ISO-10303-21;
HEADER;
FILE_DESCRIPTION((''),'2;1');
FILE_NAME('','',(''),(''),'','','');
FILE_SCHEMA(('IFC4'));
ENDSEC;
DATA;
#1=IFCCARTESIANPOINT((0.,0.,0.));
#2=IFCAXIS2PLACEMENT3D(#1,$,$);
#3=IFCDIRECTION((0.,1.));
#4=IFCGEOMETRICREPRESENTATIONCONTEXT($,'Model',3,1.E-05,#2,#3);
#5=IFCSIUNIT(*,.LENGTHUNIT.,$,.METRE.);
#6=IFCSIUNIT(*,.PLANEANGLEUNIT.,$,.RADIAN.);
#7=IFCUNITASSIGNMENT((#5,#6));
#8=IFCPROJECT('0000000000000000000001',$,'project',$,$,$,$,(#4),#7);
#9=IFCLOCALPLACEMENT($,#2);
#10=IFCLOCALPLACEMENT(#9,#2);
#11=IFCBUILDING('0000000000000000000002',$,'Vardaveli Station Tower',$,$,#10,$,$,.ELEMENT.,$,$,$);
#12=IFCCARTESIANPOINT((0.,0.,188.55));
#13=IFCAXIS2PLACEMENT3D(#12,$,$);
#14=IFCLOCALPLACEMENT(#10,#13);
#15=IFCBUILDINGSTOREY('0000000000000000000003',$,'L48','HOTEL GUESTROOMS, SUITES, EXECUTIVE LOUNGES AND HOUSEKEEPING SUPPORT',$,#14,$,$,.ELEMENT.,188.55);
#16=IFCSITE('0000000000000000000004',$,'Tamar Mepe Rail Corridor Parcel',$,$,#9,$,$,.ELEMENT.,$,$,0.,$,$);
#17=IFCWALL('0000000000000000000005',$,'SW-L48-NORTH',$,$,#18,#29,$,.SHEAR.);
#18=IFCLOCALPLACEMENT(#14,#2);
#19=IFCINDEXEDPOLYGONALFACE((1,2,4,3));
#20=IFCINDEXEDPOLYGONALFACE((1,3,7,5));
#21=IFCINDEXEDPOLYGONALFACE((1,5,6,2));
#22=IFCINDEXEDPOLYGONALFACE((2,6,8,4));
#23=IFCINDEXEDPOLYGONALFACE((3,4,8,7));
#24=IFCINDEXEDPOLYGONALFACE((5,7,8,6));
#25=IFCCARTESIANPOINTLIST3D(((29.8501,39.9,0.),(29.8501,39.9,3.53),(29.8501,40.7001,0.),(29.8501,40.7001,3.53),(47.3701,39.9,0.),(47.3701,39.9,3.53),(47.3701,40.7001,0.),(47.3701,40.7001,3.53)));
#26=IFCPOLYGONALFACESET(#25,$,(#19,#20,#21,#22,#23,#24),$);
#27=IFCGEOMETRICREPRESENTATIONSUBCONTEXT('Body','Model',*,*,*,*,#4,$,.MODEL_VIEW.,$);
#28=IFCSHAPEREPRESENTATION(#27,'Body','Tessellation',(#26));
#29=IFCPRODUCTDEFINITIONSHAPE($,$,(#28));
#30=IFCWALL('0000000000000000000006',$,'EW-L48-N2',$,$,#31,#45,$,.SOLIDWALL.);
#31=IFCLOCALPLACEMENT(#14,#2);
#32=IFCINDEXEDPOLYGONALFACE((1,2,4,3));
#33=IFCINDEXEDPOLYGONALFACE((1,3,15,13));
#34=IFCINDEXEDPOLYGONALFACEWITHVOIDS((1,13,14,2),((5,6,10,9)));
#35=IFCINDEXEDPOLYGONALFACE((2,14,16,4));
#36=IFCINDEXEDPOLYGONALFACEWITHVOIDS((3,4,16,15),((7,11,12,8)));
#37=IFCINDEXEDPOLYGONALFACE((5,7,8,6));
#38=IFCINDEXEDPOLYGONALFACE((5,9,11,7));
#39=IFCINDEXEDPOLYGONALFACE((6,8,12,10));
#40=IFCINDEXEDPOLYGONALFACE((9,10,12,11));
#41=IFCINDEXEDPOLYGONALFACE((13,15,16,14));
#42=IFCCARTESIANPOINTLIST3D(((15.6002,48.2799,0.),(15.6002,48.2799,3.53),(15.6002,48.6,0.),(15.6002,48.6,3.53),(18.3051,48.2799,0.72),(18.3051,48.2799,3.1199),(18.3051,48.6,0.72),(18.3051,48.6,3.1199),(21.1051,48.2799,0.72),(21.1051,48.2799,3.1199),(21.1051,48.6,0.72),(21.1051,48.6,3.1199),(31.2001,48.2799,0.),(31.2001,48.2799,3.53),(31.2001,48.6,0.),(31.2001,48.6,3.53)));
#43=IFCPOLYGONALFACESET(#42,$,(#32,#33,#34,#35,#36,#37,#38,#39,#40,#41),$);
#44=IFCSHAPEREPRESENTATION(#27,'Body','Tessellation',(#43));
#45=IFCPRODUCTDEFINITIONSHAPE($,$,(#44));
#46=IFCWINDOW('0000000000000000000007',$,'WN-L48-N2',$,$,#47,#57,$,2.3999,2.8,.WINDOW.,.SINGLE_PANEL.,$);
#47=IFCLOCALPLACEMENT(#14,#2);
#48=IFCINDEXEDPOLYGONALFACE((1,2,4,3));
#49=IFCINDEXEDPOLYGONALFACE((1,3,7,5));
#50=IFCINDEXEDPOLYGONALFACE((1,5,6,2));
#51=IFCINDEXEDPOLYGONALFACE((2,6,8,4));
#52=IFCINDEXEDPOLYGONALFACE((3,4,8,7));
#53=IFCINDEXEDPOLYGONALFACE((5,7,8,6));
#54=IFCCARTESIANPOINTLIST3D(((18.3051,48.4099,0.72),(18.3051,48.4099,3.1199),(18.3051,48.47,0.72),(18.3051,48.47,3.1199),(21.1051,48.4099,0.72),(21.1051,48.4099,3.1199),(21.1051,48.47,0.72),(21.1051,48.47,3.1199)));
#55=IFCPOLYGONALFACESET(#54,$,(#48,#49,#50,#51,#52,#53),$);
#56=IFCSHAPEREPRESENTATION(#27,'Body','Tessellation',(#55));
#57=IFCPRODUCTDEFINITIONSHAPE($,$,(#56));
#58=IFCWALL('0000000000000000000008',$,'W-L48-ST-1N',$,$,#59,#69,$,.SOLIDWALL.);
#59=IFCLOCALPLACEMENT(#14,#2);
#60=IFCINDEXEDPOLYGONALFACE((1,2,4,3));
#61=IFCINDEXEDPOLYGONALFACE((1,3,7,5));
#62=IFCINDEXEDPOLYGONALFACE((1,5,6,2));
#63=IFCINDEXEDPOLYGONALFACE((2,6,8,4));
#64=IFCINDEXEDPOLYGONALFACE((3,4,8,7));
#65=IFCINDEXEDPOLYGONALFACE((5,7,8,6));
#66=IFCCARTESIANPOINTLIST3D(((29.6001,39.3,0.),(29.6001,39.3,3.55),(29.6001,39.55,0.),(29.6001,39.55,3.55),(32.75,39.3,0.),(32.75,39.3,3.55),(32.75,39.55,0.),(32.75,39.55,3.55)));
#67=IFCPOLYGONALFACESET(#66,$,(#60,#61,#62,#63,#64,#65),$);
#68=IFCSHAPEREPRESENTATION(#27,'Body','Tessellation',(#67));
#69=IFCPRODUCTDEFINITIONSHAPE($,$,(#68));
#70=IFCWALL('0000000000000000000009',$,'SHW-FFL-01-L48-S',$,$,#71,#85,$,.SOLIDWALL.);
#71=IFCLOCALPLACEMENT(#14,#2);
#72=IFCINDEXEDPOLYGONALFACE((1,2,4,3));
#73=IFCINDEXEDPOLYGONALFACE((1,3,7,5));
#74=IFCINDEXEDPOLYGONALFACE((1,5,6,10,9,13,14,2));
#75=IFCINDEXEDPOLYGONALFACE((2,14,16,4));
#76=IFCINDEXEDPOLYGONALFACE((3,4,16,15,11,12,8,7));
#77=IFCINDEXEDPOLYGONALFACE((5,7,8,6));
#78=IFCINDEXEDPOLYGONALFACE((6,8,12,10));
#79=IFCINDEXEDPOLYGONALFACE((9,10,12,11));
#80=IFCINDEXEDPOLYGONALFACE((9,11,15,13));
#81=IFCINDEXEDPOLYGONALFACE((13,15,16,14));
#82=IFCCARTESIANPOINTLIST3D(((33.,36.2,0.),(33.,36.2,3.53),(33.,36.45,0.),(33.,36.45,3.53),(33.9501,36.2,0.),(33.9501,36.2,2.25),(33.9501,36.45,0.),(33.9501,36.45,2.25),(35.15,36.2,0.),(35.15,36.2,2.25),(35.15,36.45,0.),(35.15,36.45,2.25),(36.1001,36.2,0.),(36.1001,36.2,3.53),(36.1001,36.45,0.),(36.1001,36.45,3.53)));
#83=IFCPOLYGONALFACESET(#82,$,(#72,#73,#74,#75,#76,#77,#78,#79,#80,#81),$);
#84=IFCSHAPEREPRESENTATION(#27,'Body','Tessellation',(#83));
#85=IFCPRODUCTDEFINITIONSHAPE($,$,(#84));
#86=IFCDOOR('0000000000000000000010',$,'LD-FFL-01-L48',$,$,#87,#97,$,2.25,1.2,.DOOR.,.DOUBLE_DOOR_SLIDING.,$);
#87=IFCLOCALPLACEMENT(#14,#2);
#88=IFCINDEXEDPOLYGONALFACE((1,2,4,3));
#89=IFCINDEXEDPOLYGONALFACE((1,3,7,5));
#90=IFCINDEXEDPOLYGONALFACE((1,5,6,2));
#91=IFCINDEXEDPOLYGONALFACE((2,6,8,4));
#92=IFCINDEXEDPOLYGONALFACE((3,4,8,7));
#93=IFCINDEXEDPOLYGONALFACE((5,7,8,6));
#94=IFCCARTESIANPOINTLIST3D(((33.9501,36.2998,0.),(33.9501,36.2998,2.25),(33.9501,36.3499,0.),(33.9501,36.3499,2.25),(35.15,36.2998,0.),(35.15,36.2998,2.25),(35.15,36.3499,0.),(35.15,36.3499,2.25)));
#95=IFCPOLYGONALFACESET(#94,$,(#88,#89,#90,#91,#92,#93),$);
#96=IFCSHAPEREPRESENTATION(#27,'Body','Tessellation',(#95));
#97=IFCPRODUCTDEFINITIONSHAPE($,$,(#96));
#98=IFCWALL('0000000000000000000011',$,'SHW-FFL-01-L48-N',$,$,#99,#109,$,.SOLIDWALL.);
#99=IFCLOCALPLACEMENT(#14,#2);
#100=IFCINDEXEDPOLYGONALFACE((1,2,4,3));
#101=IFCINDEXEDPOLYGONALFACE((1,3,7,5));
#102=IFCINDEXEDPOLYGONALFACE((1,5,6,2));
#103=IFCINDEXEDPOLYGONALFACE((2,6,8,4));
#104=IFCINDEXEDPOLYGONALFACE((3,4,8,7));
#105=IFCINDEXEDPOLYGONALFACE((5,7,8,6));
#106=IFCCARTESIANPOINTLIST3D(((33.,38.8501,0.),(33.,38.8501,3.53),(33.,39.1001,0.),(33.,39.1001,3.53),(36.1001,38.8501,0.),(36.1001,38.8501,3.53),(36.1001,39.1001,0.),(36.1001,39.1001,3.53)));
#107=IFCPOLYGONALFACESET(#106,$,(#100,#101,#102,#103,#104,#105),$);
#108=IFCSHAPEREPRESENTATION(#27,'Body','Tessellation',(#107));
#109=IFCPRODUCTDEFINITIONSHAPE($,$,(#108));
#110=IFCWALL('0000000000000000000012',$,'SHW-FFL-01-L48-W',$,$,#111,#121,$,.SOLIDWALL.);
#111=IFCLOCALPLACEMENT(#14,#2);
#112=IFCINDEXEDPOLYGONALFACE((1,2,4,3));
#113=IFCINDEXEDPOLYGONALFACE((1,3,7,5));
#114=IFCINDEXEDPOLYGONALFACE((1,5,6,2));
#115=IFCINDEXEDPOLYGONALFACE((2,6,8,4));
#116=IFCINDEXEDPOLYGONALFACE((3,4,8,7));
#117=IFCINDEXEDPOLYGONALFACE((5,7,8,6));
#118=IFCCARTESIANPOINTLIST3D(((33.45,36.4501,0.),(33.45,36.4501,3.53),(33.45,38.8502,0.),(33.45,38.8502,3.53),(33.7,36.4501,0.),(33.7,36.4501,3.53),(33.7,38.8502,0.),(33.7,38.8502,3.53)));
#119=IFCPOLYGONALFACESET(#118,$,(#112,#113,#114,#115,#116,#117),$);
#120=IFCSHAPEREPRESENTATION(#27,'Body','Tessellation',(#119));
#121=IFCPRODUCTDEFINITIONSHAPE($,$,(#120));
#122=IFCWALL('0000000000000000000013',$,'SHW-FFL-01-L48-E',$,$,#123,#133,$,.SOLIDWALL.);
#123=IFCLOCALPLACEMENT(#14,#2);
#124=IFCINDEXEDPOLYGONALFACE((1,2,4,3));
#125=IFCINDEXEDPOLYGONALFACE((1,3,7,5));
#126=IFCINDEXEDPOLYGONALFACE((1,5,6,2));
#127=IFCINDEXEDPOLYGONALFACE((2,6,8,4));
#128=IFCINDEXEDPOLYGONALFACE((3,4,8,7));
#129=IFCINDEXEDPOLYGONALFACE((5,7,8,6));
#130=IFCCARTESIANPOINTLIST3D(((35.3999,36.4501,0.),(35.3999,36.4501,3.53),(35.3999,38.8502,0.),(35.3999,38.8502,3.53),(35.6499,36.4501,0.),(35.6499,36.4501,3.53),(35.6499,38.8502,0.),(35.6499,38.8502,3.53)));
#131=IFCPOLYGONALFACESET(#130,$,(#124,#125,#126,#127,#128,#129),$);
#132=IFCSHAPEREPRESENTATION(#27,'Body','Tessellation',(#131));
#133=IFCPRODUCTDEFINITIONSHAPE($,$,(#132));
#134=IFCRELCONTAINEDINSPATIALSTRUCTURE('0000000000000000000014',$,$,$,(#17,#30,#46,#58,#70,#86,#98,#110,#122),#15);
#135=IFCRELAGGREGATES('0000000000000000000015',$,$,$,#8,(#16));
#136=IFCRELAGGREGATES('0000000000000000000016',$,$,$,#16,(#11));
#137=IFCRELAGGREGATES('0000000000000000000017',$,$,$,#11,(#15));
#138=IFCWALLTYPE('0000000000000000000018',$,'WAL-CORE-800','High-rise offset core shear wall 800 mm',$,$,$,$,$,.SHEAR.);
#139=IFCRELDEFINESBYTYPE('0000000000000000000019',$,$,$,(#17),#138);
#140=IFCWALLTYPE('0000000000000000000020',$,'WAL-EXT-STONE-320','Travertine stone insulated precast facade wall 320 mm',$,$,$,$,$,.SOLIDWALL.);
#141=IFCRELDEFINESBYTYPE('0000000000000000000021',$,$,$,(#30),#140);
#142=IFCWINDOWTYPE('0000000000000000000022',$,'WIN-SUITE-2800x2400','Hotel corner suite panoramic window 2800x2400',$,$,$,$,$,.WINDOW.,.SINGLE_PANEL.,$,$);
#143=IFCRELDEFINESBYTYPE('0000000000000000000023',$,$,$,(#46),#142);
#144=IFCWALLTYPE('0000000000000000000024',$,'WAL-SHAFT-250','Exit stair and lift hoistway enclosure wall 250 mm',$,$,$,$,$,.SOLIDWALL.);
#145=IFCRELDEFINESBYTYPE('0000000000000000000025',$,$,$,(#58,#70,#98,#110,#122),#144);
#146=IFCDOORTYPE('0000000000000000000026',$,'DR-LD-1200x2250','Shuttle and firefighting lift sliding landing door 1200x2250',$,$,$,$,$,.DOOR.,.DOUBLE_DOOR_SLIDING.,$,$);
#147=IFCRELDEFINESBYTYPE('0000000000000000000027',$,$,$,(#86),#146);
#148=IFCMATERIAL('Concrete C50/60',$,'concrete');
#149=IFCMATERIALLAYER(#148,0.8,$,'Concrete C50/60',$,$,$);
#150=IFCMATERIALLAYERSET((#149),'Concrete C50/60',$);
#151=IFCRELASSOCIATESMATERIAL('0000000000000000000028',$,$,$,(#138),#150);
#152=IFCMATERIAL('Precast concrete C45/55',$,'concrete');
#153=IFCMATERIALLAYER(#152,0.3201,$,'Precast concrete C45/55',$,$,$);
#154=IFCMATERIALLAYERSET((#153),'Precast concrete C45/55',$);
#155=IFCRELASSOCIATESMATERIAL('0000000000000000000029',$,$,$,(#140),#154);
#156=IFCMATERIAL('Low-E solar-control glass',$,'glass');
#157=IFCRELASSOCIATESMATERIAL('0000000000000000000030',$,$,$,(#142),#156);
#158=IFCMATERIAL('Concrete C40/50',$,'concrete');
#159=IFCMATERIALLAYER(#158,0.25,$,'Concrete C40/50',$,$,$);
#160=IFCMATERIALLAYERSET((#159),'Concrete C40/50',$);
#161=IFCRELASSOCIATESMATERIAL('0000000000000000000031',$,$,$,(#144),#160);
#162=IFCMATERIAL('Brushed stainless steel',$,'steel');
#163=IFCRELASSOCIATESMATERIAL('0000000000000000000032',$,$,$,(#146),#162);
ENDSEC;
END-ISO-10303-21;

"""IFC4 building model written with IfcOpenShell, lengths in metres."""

from ifc_helpers import new_model, si_unit, direction, frame, frame_2d, origin, place, context, subcontext, project, spatial, rectangle, extrude, source, transform, mapped, material, layer, layer_set, type_object, element, fill, save


model = new_model("IFC4")

# Units and contexts
model_context = context("Model", 3, precision=1e-05, world=origin(), true_north=direction((0.0, 1.0)))
body_context = subcontext(model_context, "Body", "Model", "MODEL_VIEW")
ifc_project = project(units=[si_unit("LENGTHUNIT", "METRE"), si_unit("PLANEANGLEUNIT", "RADIAN")], contexts=[model_context])

# Site, building, storey
site_placement = place(None, origin())
site = spatial("IfcSite", under=ifc_project, at=site_placement, Name="Tamar Mepe Rail Corridor Parcel", CompositionType="ELEMENT", RefElevation=0.0)
building_placement = place(site_placement, origin())
building = spatial("IfcBuilding", under=site, at=building_placement, Name="Vardaveli Station Tower", CompositionType="ELEMENT")
storey_placement = place(building_placement, frame((0.0, 0.0, 188.55)))
storey = spatial("IfcBuildingStorey", under=building, at=storey_placement, Name="L48", Description="HOTEL GUESTROOMS, SUITES, EXECUTIVE LOUNGES AND HOUSEKEEPING SUPPORT", CompositionType="ELEMENT", Elevation=188.55)

# Shared definitions
ifc_material_1 = material(Name="Precast concrete C45/55", Category="concrete")

# Wall
ifc_material_2 = material(Name="Concrete C50/60", Category="concrete")
ifc_layer_1 = layer(ifc_material_2, 0.8, Name="Concrete C50/60")
ifc_layer_set_1 = layer_set([ifc_layer_1], Name="Concrete C50/60")
wall_type_1 = type_object("IfcWallType", Name="WAL-CORE-800", Description="High-rise offset core shear wall 800 mm", PredefinedType="SHEAR", material=ifc_layer_set_1)
shared_shape_1 = source(origin(), body_context, "Body", "SweptSolid", [
    extrude(rectangle(XDim=17.52, YDim=0.8, at=frame_2d((8.76, 0.0))), origin(), (0.0, 0.0, 1.0), 3.53),
])
wall_1_placement = place(storey_placement, frame((29.8501, 40.3, 0.0), z_axis=(0.0, 0.0, 1.0), x_axis=(1.0, 0.0, 0.0)))
element("IfcWall", 1, at=wall_1_placement, inside=storey, type_object=wall_type_1, Name="SW-L48-NORTH", PredefinedType="SHEAR", context=body_context, shape_type="MappedRepresentation", body=[
    mapped(shared_shape_1, transform((0.0, 0.0, 0.0), scale=1.0)),
])

# Wall, opening, window
ifc_layer_2 = layer(ifc_material_1, 0.3201, Name="Precast concrete C45/55")
ifc_layer_set_2 = layer_set([ifc_layer_2], Name="Precast concrete C45/55")
wall_type_2 = type_object("IfcWallType", Name="WAL-EXT-STONE-320", Description="Travertine stone insulated precast facade wall 320 mm", PredefinedType="SOLIDWALL", material=ifc_layer_set_2)
shared_shape_2 = source(origin(), body_context, "Body", "SweptSolid", [
    extrude(rectangle(XDim=15.5999, YDim=0.3201, at=frame_2d((7.7998, 0.0))), origin(), (0.0, 0.0, 1.0), 3.53),
])
wall_2_placement = place(storey_placement, frame((31.2, 48.4399, 0.0), z_axis=(0.0, 0.0, 1.0), x_axis=(-1.0, 0.0, 0.0)))
wall_2 = element("IfcWall", 2, at=wall_2_placement, inside=storey, type_object=wall_type_2, Name="EW-L48-N2", PredefinedType="SOLIDWALL", context=body_context, shape_type="MappedRepresentation", body=[
    mapped(shared_shape_2, transform((0.0, 0.0, 0.0), scale=1.0)),
])
shared_shape_3 = source(origin(), body_context, "Body", "SweptSolid", [
    extrude(rectangle(XDim=2.8, YDim=2.3999, at=frame_2d((1.3999, 1.2))), frame((0.0, 0.1699, 0.0), z_axis=(0.0, -1.0, 0.0), x_axis=(1.0, 0.0, 0.0)), (0.0, 0.0, 1.0), 0.3401),
])
opening_1_placement = place(wall_2_placement, frame((10.095, 0.0, 0.72)))
opening_1 = element("IfcOpeningElement", 3, at=opening_1_placement, cuts=wall_2, PredefinedType="OPENING", context=body_context, shape_type="MappedRepresentation", body=[
    mapped(shared_shape_3, transform((0.0, 0.0, 0.0), scale=1.0)),
])
ifc_material_3 = material(Name="Low-E solar-control glass", Category="glass")
window_type = type_object("IfcWindowType", Name="WIN-SUITE-2800x2400", Description="Hotel corner suite panoramic window 2800x2400", PartitioningType="SINGLE_PANEL", PredefinedType="WINDOW", material=ifc_material_3)
shared_shape_4 = source(origin(), body_context, "Body", "SweptSolid", [
    extrude(rectangle(XDim=2.8, YDim=2.3999, at=frame_2d((1.3999, 1.2))), frame((0.0, 0.03, 0.0), z_axis=(0.0, -1.0, 0.0), x_axis=(1.0, 0.0, 0.0)), (0.0, 0.0, 1.0), 0.0601),
])
window_placement = place(opening_1_placement, origin())
window = element("IfcWindow", 4, at=window_placement, inside=storey, type_object=window_type, Name="WN-L48-N2", OverallHeight=2.3999, OverallWidth=2.8, PartitioningType="SINGLE_PANEL", PredefinedType="WINDOW", context=body_context, shape_type="MappedRepresentation", body=[
    mapped(shared_shape_4, transform((0.0, 0.0, 0.0), scale=1.0)),
])
fill(opening_1, window)

# Wall
ifc_material_4 = material(Name="Concrete C40/50", Category="concrete")
ifc_layer_3 = layer(ifc_material_4, 0.25, Name="Concrete C40/50")
ifc_layer_set_3 = layer_set([ifc_layer_3], Name="Concrete C40/50")
wall_type_3 = type_object("IfcWallType", Name="WAL-SHAFT-250", Description="Exit stair and lift hoistway enclosure wall 250 mm", PredefinedType="SOLIDWALL", material=ifc_layer_set_3)
shared_shape_5 = source(origin(), body_context, "Body", "SweptSolid", [
    extrude(rectangle(XDim=3.1499, YDim=0.25, at=frame_2d((1.575, 0.0))), origin(), (0.0, 0.0, 1.0), 3.55),
])
wall_3_placement = place(storey_placement, frame((29.6001, 39.425, 0.0), z_axis=(0.0, 0.0, 1.0), x_axis=(1.0, 0.0, 0.0)))
element("IfcWall", 5, at=wall_3_placement, inside=storey, type_object=wall_type_3, Name="W-L48-ST-1N", PredefinedType="SOLIDWALL", context=body_context, shape_type="MappedRepresentation", body=[
    mapped(shared_shape_5, transform((0.0, 0.0, 0.0), scale=1.0)),
])

# Wall, opening, door
shared_shape_6 = source(origin(), body_context, "Body", "SweptSolid", [
    extrude(rectangle(XDim=3.1001, YDim=0.25, at=frame_2d((1.55, 0.0))), origin(), (0.0, 0.0, 1.0), 3.53),
])
wall_4_placement = place(storey_placement, frame((33.0, 36.325, 0.0), z_axis=(0.0, 0.0, 1.0), x_axis=(1.0, 0.0, 0.0)))
wall_4 = element("IfcWall", 6, at=wall_4_placement, inside=storey, type_object=wall_type_3, Name="SHW-FFL-01-L48-S", PredefinedType="SOLIDWALL", context=body_context, shape_type="MappedRepresentation", body=[
    mapped(shared_shape_6, transform((0.0, 0.0, 0.0), scale=1.0)),
])
shared_shape_7 = source(origin(), body_context, "Body", "SweptSolid", [
    extrude(rectangle(XDim=1.2, YDim=2.25, at=frame_2d((0.6001, 1.125))), frame((0.0, 0.135, 0.0), z_axis=(0.0, -1.0, 0.0), x_axis=(1.0, 0.0, 0.0)), (0.0, 0.0, 1.0), 0.27),
])
opening_2_placement = place(wall_4_placement, frame((0.95, 0.0, 0.0)))
opening_2 = element("IfcOpeningElement", 7, at=opening_2_placement, cuts=wall_4, PredefinedType="OPENING", context=body_context, shape_type="MappedRepresentation", body=[
    mapped(shared_shape_7, transform((0.0, 0.0, 0.0), scale=1.0)),
])
ifc_material_5 = material(Name="Brushed stainless steel", Category="steel")
door_type_1 = type_object("IfcDoorType", Name="DR-LD-1200x2250", Description="Shuttle and firefighting lift sliding landing door 1200x2250", OperationType="DOUBLE_DOOR_SLIDING", PredefinedType="DOOR", material=ifc_material_5)
shared_shape_8 = source(origin(), body_context, "Body", "SweptSolid", [
    extrude(rectangle(XDim=1.2, YDim=2.25, at=frame_2d((0.6001, 1.125))), frame((0.0, 0.0249, 0.0), z_axis=(0.0, -1.0, 0.0), x_axis=(1.0, 0.0, 0.0)), (0.0, 0.0, 1.0), 0.05),
])
door_1_placement = place(opening_2_placement, origin())
door_1 = element("IfcDoor", 8, at=door_1_placement, inside=storey, type_object=door_type_1, Name="LD-FFL-01-L48", OperationType="DOUBLE_DOOR_SLIDING", OverallHeight=2.25, OverallWidth=1.2, PredefinedType="DOOR", context=body_context, shape_type="MappedRepresentation", body=[
    mapped(shared_shape_8, transform((0.0, 0.0, 0.0), scale=1.0)),
])
fill(opening_2, door_1)

# Walls
wall_5_placement = place(storey_placement, frame((33.0, 38.9751, 0.0), z_axis=(0.0, 0.0, 1.0), x_axis=(1.0, 0.0, 0.0)))
element("IfcWall", 9, at=wall_5_placement, inside=storey, type_object=wall_type_3, Name="SHW-FFL-01-L48-N", PredefinedType="SOLIDWALL", context=body_context, shape_type="MappedRepresentation", body=[
    mapped(shared_shape_6, transform((0.0, 0.0, 0.0), scale=1.0)),
])
shared_shape_9 = source(origin(), body_context, "Body", "SweptSolid", [
    extrude(rectangle(XDim=2.4001, YDim=0.25, at=frame_2d((1.2002, 0.0))), origin(), (0.0, 0.0, 1.0), 3.53),
])
for number, where, z_axis, x_axis, name in (
    (10, (33.575, 36.45, 0.0), (0.0, 0.0, 1.0), (0.0, 1.0, 0.0), "SHW-FFL-01-L48-W"),
    (11, (35.5249, 36.45, 0.0), (0.0, 0.0, 1.0), (0.0, 1.0, 0.0), "SHW-FFL-01-L48-E"),
):
    element("IfcWall", number, at=place(storey_placement, frame(where, z_axis=z_axis, x_axis=x_axis)), inside=storey, type_object=wall_type_3, Name=name, PredefinedType="SOLIDWALL", context=body_context, shape_type="MappedRepresentation", body=[
        mapped(shared_shape_9, transform((0.0, 0.0, 0.0), scale=1.0)),
    ])

save(model, "model.ifc")
